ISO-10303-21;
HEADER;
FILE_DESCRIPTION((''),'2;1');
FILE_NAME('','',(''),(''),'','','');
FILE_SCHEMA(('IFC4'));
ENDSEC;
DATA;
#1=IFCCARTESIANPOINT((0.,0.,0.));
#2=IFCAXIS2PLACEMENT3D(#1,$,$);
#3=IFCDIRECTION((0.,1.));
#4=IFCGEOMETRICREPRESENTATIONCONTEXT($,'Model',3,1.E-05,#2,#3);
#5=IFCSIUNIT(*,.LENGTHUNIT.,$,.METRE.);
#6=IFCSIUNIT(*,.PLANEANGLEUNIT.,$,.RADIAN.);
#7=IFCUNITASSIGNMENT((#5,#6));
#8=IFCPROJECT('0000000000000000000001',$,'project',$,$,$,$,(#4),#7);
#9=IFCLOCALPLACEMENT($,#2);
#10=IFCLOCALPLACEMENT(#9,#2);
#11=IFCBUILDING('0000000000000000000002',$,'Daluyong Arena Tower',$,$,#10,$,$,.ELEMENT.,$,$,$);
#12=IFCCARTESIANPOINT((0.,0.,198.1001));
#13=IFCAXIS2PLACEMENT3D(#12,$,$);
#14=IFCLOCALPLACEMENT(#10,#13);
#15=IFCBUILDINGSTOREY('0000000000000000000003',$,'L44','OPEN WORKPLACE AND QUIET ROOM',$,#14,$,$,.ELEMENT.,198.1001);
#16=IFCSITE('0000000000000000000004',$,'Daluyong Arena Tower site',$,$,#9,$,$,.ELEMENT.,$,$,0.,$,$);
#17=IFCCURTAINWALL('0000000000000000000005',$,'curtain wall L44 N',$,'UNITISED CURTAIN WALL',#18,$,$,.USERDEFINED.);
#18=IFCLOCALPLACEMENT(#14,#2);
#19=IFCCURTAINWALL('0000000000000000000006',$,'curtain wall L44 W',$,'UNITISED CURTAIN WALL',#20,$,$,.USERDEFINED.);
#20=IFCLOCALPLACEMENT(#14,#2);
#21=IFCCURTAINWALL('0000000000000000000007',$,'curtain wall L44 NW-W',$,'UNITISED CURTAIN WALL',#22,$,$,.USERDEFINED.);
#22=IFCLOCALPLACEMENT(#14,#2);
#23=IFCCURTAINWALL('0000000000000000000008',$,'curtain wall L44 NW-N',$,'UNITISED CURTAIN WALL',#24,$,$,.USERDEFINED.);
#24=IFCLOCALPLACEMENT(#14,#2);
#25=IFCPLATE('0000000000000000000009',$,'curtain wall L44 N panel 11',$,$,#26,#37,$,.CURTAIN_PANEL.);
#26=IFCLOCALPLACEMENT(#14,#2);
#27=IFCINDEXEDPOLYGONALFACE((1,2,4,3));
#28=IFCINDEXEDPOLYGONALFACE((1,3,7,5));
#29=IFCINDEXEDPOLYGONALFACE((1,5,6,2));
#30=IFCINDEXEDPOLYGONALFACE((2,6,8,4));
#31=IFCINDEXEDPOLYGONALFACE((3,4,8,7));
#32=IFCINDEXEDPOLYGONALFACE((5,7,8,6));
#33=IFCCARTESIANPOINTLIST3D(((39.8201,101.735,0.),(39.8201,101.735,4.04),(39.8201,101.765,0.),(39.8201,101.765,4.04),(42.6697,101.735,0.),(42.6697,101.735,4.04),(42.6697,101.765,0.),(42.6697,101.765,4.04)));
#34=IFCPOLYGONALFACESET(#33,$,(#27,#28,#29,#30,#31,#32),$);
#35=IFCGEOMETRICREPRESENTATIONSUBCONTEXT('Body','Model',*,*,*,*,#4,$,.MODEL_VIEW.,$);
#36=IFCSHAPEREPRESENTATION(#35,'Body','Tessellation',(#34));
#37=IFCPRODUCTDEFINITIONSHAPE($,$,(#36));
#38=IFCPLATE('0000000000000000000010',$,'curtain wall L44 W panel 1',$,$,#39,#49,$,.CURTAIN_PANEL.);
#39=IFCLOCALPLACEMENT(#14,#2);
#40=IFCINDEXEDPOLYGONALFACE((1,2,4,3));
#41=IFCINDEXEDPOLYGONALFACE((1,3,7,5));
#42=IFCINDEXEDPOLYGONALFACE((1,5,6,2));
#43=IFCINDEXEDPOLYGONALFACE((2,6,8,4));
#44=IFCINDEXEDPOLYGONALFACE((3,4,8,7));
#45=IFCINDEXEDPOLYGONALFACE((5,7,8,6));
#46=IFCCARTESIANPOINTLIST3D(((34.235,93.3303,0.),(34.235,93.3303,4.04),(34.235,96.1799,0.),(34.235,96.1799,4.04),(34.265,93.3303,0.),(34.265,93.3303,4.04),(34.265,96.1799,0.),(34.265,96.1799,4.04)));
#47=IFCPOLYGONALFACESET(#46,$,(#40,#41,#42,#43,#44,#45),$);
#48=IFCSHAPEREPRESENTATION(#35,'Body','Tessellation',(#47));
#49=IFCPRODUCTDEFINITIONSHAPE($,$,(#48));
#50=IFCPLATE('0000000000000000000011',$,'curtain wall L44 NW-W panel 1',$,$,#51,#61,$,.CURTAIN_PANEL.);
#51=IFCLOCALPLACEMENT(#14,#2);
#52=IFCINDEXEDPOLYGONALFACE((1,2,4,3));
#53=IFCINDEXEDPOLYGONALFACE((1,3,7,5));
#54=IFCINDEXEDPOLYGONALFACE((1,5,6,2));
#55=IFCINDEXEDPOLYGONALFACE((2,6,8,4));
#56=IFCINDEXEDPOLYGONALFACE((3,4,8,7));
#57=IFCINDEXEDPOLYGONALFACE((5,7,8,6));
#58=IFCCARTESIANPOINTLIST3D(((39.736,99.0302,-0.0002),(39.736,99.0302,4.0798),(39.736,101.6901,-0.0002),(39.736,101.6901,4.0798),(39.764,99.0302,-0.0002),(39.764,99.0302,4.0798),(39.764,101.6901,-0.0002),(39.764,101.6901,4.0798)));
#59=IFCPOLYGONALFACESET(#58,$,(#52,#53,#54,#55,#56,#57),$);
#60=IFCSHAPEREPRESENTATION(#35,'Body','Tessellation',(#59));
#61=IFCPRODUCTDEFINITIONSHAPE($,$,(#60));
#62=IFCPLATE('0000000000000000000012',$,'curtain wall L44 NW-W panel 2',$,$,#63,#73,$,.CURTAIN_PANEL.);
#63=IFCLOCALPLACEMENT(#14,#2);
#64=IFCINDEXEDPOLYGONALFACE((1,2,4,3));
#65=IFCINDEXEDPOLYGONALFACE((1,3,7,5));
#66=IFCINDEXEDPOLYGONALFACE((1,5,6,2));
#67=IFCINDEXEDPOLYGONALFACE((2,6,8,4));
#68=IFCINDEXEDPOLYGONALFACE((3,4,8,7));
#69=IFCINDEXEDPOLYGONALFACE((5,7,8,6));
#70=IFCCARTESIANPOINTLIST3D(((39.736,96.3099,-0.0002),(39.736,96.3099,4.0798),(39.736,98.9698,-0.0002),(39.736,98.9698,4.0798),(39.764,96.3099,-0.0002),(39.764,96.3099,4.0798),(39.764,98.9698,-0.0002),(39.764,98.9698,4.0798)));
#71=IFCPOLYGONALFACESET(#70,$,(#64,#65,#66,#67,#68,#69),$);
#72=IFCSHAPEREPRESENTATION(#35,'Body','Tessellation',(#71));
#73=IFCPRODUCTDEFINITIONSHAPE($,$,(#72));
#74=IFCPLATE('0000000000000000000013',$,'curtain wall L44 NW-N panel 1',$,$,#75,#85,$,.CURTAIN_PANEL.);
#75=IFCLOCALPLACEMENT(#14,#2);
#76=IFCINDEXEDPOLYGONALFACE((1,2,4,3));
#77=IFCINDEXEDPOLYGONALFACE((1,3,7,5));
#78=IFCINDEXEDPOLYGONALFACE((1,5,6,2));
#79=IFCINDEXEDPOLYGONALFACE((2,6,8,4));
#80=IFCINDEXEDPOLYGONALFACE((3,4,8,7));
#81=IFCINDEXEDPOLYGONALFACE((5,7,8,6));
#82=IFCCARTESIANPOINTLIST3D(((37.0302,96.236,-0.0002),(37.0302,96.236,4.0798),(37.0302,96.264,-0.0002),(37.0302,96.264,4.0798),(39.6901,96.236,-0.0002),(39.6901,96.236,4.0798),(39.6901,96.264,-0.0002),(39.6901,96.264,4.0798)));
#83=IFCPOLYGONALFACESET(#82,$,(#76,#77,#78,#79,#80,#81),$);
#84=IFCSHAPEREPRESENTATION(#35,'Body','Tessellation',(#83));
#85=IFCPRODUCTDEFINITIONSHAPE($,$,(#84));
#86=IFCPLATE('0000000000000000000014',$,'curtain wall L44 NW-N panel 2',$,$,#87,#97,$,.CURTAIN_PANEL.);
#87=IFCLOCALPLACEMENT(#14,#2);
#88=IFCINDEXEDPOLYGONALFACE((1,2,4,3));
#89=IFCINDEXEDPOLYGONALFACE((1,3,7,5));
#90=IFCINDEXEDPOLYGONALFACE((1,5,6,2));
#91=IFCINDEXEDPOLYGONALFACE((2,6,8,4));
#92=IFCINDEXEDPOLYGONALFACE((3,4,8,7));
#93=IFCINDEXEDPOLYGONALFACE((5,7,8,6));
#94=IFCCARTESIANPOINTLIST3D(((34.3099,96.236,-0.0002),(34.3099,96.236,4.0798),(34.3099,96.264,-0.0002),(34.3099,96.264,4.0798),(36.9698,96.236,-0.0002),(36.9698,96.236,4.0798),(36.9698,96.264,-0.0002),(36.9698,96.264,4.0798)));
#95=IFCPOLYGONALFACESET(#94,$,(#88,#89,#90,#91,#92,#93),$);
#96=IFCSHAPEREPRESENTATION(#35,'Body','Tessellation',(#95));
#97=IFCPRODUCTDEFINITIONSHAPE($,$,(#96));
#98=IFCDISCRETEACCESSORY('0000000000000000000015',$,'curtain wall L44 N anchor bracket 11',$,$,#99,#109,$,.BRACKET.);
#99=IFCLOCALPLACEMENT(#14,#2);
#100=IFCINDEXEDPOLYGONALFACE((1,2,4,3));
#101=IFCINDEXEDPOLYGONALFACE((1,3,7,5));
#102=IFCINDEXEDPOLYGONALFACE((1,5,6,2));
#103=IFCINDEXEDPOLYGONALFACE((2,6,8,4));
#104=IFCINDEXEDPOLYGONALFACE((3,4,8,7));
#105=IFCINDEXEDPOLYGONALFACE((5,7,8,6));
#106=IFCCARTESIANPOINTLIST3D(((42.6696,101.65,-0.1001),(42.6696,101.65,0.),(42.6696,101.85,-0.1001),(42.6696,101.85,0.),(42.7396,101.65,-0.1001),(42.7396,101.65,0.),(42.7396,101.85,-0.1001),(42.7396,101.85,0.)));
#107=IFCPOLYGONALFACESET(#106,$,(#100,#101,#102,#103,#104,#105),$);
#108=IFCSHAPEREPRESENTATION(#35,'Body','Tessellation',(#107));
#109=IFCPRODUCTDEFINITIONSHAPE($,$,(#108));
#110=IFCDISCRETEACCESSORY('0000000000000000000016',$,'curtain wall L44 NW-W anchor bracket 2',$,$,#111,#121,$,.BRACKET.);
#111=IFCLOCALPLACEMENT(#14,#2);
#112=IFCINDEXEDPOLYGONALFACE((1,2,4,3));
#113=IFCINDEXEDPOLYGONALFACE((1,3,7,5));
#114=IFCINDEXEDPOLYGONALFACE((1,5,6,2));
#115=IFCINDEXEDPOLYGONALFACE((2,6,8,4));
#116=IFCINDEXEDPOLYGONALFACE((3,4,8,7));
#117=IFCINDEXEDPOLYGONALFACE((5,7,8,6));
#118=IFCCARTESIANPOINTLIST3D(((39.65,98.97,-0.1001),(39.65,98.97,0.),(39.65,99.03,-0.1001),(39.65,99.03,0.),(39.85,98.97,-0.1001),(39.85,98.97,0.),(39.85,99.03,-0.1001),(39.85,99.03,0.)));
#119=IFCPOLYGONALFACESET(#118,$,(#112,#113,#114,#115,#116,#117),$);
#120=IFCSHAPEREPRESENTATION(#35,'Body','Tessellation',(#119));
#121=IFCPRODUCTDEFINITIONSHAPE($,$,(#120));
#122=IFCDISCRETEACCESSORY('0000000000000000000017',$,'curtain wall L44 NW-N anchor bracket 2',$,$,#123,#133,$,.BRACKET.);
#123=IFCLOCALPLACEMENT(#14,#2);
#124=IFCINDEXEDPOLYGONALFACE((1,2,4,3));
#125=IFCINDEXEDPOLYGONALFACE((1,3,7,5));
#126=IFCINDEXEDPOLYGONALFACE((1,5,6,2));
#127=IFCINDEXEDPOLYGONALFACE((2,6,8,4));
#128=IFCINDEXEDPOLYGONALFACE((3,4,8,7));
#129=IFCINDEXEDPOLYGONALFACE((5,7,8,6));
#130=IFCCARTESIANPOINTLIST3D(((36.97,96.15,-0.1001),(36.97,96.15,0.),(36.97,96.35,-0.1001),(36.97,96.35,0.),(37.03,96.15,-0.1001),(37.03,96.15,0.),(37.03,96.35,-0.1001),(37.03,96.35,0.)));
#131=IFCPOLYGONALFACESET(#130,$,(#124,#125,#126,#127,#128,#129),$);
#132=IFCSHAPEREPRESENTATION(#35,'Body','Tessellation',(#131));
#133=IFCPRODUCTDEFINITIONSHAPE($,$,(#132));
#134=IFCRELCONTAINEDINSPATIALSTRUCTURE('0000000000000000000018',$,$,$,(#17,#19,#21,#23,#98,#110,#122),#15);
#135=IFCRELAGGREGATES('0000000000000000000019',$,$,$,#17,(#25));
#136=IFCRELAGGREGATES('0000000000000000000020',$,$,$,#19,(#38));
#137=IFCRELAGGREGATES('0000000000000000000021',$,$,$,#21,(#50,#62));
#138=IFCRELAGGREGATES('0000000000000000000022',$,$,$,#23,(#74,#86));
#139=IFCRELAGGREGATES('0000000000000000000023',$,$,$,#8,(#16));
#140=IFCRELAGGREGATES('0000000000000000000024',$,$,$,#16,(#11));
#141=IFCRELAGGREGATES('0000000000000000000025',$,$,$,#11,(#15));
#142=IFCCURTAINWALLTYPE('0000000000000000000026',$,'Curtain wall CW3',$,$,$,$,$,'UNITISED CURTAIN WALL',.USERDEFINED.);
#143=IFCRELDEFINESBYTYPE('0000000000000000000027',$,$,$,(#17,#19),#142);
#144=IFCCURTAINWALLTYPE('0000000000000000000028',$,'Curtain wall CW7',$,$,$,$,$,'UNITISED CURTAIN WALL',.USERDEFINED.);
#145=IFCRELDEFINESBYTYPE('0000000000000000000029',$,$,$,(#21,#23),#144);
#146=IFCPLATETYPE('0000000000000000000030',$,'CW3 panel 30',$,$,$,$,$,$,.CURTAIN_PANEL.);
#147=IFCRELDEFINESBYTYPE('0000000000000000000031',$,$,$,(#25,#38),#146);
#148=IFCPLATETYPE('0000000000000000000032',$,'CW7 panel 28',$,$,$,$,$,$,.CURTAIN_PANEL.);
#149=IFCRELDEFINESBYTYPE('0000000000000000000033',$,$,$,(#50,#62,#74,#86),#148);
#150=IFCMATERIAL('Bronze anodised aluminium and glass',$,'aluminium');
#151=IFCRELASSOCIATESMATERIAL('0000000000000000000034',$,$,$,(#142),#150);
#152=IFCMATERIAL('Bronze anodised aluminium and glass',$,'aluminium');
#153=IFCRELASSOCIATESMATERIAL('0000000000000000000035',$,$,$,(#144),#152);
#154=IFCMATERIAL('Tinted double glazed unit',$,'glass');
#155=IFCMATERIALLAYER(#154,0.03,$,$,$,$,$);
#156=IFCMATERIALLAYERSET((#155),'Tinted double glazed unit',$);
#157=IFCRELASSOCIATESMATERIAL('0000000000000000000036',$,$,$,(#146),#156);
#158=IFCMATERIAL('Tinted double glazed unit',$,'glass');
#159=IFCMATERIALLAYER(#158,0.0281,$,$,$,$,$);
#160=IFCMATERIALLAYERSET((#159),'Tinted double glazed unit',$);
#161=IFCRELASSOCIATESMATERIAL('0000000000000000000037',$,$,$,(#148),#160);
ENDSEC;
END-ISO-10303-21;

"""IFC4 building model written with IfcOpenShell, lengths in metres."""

from ifc_helpers import new_model, si_unit, direction, frame, origin, origin_2d, place, context, subcontext, project, spatial, rectangle, extrude, material, layer, layer_set, type_object, element, aggregate, save


model = new_model("IFC4")

# Units and contexts
model_context = context("Model", 3, precision=1e-05, world=origin(), true_north=direction((0.0, 1.0)))
body_context = subcontext(model_context, "Body", "Model", "MODEL_VIEW")
ifc_project = project(units=[si_unit("LENGTHUNIT", "METRE"), si_unit("PLANEANGLEUNIT", "RADIAN")], contexts=[model_context])

# Site, building, storey
site_placement = place(None, origin())
site = spatial("IfcSite", under=ifc_project, at=site_placement, Name="Daluyong Arena Tower site", CompositionType="ELEMENT", RefElevation=0.0)
building_placement = place(site_placement, origin())
building = spatial("IfcBuilding", under=site, at=building_placement, Name="Daluyong Arena Tower", CompositionType="ELEMENT")
storey_placement = place(building_placement, frame((0.0, 0.0, 198.1001)))
storey = spatial("IfcBuildingStorey", under=building, at=storey_placement, Name="L44", Description="OPEN WORKPLACE AND QUIET ROOM", CompositionType="ELEMENT", Elevation=198.1001)

# Curtain walls
ifc_material_1 = material(Name="Bronze anodised aluminium and glass", Category="aluminium")
curtain_wall_type_1 = type_object("IfcCurtainWallType", Name="Curtain wall CW3", ElementType="UNITISED CURTAIN WALL", PredefinedType="USERDEFINED", material=ifc_material_1)
curtain_wall_1_placement = place(storey_placement, origin())
curtain_wall_1 = element("IfcCurtainWall", 1, at=curtain_wall_1_placement, inside=storey, type_object=curtain_wall_type_1, Name="curtain wall L44 N", ObjectType="UNITISED CURTAIN WALL", PredefinedType="USERDEFINED")
curtain_wall_2_placement = place(storey_placement, origin())
curtain_wall_2 = element("IfcCurtainWall", 2, at=curtain_wall_2_placement, inside=storey, type_object=curtain_wall_type_1, Name="curtain wall L44 W", ObjectType="UNITISED CURTAIN WALL", PredefinedType="USERDEFINED")

# Curtain walls
ifc_material_2 = material(Name="Bronze anodised aluminium and glass", Category="aluminium")
curtain_wall_type_2 = type_object("IfcCurtainWallType", Name="Curtain wall CW7", ElementType="UNITISED CURTAIN WALL", PredefinedType="USERDEFINED", material=ifc_material_2)
curtain_wall_3_placement = place(storey_placement, origin())
curtain_wall_3 = element("IfcCurtainWall", 3, at=curtain_wall_3_placement, inside=storey, type_object=curtain_wall_type_2, Name="curtain wall L44 NW-W", ObjectType="UNITISED CURTAIN WALL", PredefinedType="USERDEFINED")
curtain_wall_4_placement = place(storey_placement, origin())
curtain_wall_4 = element("IfcCurtainWall", 4, at=curtain_wall_4_placement, inside=storey, type_object=curtain_wall_type_2, Name="curtain wall L44 NW-N", ObjectType="UNITISED CURTAIN WALL", PredefinedType="USERDEFINED")

# Plates
ifc_material_3 = material(Name="Tinted double glazed unit", Category="glass")
ifc_layer_1 = layer(ifc_material_3, 0.03)
ifc_layer_set_1 = layer_set([ifc_layer_1], Name="Tinted double glazed unit")
plate_type_1 = type_object("IfcPlateType", Name="CW3 panel 30", PredefinedType="CURTAIN_PANEL", material=ifc_layer_set_1)
plate_1_placement = place(storey_placement, frame((41.2449, 101.75, 0.0), z_axis=(0.0, 0.0, 1.0), x_axis=(-1.0, 0.0, 0.0)))
plate_1 = element("IfcPlate", 5, at=plate_1_placement, type_object=plate_type_1, Name="curtain wall L44 N panel 11", PredefinedType="CURTAIN_PANEL", context=body_context, shape_type="SweptSolid", body=[
    extrude(rectangle(XDim=2.8496, YDim=0.03, at=origin_2d()), origin(), (0.0, 0.0, 1.0), 4.04),
])
aggregate(curtain_wall_1, [plate_1])
plate_2_placement = place(storey_placement, frame((34.25, 94.7551, 0.0), z_axis=(0.0, 0.0, 1.0), x_axis=(0.0, -1.0, 0.0)))
plate_2 = element("IfcPlate", 6, at=plate_2_placement, type_object=plate_type_1, Name="curtain wall L44 W panel 1", PredefinedType="CURTAIN_PANEL", context=body_context, shape_type="SweptSolid", body=[
    extrude(rectangle(XDim=2.8496, YDim=0.03, at=origin_2d()), origin(), (0.0, 0.0, 1.0), 4.04),
])
aggregate(curtain_wall_2, [plate_2])
ifc_material_4 = material(Name="Tinted double glazed unit", Category="glass")
ifc_layer_2 = layer(ifc_material_4, 0.0281)
ifc_layer_set_2 = layer_set([ifc_layer_2], Name="Tinted double glazed unit")
plate_type_2 = type_object("IfcPlateType", Name="CW7 panel 28", PredefinedType="CURTAIN_PANEL", material=ifc_layer_set_2)
plate_3_placement = place(storey_placement, frame((39.75, 100.3601, -0.0002), z_axis=(0.0, 0.0, 1.0), x_axis=(0.0, -1.0, 0.0)))
plate_3 = element("IfcPlate", 7, at=plate_3_placement, type_object=plate_type_2, Name="curtain wall L44 NW-W panel 1", PredefinedType="CURTAIN_PANEL", context=body_context, shape_type="SweptSolid", body=[
    extrude(rectangle(XDim=2.6599, YDim=0.0281, at=origin_2d()), origin(), (0.0, 0.0, 1.0), 4.0801),
])
plate_4_placement = place(storey_placement, frame((39.75, 97.6399, -0.0002), z_axis=(0.0, 0.0, 1.0), x_axis=(0.0, -1.0, 0.0)))
plate_4 = element("IfcPlate", 8, at=plate_4_placement, type_object=plate_type_2, Name="curtain wall L44 NW-W panel 2", PredefinedType="CURTAIN_PANEL", context=body_context, shape_type="SweptSolid", body=[
    extrude(rectangle(XDim=2.6599, YDim=0.0281, at=origin_2d()), origin(), (0.0, 0.0, 1.0), 4.0801),
])
aggregate(curtain_wall_3, [plate_3, plate_4])
plate_5_placement = place(storey_placement, frame((38.3601, 96.25, -0.0002), z_axis=(0.0, 0.0, 1.0), x_axis=(-1.0, 0.0, 0.0)))
plate_5 = element("IfcPlate", 9, at=plate_5_placement, type_object=plate_type_2, Name="curtain wall L44 NW-N panel 1", PredefinedType="CURTAIN_PANEL", context=body_context, shape_type="SweptSolid", body=[
    extrude(rectangle(XDim=2.6599, YDim=0.0281, at=origin_2d()), origin(), (0.0, 0.0, 1.0), 4.0801),
])
plate_6_placement = place(storey_placement, frame((35.6399, 96.25, -0.0002), z_axis=(0.0, 0.0, 1.0), x_axis=(-1.0, 0.0, 0.0)))
plate_6 = element("IfcPlate", 10, at=plate_6_placement, type_object=plate_type_2, Name="curtain wall L44 NW-N panel 2", PredefinedType="CURTAIN_PANEL", context=body_context, shape_type="SweptSolid", body=[
    extrude(rectangle(XDim=2.6599, YDim=0.0281, at=origin_2d()), origin(), (0.0, 0.0, 1.0), 4.0801),
])
aggregate(curtain_wall_4, [plate_5, plate_6])

# Discrete accessories
discrete_accessory_placement = place(storey_placement, frame((42.7046, 101.75, -0.1001), z_axis=(0.0, 0.0, 1.0), x_axis=(-1.0, 0.0, 0.0)))
element("IfcDiscreteAccessory", 11, at=discrete_accessory_placement, inside=storey, Name="curtain wall L44 N anchor bracket 11", PredefinedType="BRACKET", context=body_context, shape_type="SweptSolid", body=[
    extrude(rectangle(XDim=0.0701, YDim=0.2, at=origin_2d()), origin(), (0.0, 0.0, 1.0), 0.1001),
])
for number, where, z_axis, x_axis, name in (
    (12, (39.75, 99.0, -0.1001), (0.0, 0.0, 1.0), (0.0, -1.0, 0.0), "curtain wall L44 NW-W anchor bracket 2"),
    (13, (37.0, 96.25, -0.1001), (0.0, 0.0, 1.0), (-1.0, 0.0, 0.0), "curtain wall L44 NW-N anchor bracket 2"),
):
    element("IfcDiscreteAccessory", number, at=place(storey_placement, frame(where, z_axis=z_axis, x_axis=x_axis)), inside=storey, Name=name, PredefinedType="BRACKET", context=body_context, shape_type="SweptSolid", body=[
        extrude(rectangle(XDim=0.0601, YDim=0.2, at=origin_2d()), origin(), (0.0, 0.0, 1.0), 0.1001),
    ])

save(model, "model.ifc")
